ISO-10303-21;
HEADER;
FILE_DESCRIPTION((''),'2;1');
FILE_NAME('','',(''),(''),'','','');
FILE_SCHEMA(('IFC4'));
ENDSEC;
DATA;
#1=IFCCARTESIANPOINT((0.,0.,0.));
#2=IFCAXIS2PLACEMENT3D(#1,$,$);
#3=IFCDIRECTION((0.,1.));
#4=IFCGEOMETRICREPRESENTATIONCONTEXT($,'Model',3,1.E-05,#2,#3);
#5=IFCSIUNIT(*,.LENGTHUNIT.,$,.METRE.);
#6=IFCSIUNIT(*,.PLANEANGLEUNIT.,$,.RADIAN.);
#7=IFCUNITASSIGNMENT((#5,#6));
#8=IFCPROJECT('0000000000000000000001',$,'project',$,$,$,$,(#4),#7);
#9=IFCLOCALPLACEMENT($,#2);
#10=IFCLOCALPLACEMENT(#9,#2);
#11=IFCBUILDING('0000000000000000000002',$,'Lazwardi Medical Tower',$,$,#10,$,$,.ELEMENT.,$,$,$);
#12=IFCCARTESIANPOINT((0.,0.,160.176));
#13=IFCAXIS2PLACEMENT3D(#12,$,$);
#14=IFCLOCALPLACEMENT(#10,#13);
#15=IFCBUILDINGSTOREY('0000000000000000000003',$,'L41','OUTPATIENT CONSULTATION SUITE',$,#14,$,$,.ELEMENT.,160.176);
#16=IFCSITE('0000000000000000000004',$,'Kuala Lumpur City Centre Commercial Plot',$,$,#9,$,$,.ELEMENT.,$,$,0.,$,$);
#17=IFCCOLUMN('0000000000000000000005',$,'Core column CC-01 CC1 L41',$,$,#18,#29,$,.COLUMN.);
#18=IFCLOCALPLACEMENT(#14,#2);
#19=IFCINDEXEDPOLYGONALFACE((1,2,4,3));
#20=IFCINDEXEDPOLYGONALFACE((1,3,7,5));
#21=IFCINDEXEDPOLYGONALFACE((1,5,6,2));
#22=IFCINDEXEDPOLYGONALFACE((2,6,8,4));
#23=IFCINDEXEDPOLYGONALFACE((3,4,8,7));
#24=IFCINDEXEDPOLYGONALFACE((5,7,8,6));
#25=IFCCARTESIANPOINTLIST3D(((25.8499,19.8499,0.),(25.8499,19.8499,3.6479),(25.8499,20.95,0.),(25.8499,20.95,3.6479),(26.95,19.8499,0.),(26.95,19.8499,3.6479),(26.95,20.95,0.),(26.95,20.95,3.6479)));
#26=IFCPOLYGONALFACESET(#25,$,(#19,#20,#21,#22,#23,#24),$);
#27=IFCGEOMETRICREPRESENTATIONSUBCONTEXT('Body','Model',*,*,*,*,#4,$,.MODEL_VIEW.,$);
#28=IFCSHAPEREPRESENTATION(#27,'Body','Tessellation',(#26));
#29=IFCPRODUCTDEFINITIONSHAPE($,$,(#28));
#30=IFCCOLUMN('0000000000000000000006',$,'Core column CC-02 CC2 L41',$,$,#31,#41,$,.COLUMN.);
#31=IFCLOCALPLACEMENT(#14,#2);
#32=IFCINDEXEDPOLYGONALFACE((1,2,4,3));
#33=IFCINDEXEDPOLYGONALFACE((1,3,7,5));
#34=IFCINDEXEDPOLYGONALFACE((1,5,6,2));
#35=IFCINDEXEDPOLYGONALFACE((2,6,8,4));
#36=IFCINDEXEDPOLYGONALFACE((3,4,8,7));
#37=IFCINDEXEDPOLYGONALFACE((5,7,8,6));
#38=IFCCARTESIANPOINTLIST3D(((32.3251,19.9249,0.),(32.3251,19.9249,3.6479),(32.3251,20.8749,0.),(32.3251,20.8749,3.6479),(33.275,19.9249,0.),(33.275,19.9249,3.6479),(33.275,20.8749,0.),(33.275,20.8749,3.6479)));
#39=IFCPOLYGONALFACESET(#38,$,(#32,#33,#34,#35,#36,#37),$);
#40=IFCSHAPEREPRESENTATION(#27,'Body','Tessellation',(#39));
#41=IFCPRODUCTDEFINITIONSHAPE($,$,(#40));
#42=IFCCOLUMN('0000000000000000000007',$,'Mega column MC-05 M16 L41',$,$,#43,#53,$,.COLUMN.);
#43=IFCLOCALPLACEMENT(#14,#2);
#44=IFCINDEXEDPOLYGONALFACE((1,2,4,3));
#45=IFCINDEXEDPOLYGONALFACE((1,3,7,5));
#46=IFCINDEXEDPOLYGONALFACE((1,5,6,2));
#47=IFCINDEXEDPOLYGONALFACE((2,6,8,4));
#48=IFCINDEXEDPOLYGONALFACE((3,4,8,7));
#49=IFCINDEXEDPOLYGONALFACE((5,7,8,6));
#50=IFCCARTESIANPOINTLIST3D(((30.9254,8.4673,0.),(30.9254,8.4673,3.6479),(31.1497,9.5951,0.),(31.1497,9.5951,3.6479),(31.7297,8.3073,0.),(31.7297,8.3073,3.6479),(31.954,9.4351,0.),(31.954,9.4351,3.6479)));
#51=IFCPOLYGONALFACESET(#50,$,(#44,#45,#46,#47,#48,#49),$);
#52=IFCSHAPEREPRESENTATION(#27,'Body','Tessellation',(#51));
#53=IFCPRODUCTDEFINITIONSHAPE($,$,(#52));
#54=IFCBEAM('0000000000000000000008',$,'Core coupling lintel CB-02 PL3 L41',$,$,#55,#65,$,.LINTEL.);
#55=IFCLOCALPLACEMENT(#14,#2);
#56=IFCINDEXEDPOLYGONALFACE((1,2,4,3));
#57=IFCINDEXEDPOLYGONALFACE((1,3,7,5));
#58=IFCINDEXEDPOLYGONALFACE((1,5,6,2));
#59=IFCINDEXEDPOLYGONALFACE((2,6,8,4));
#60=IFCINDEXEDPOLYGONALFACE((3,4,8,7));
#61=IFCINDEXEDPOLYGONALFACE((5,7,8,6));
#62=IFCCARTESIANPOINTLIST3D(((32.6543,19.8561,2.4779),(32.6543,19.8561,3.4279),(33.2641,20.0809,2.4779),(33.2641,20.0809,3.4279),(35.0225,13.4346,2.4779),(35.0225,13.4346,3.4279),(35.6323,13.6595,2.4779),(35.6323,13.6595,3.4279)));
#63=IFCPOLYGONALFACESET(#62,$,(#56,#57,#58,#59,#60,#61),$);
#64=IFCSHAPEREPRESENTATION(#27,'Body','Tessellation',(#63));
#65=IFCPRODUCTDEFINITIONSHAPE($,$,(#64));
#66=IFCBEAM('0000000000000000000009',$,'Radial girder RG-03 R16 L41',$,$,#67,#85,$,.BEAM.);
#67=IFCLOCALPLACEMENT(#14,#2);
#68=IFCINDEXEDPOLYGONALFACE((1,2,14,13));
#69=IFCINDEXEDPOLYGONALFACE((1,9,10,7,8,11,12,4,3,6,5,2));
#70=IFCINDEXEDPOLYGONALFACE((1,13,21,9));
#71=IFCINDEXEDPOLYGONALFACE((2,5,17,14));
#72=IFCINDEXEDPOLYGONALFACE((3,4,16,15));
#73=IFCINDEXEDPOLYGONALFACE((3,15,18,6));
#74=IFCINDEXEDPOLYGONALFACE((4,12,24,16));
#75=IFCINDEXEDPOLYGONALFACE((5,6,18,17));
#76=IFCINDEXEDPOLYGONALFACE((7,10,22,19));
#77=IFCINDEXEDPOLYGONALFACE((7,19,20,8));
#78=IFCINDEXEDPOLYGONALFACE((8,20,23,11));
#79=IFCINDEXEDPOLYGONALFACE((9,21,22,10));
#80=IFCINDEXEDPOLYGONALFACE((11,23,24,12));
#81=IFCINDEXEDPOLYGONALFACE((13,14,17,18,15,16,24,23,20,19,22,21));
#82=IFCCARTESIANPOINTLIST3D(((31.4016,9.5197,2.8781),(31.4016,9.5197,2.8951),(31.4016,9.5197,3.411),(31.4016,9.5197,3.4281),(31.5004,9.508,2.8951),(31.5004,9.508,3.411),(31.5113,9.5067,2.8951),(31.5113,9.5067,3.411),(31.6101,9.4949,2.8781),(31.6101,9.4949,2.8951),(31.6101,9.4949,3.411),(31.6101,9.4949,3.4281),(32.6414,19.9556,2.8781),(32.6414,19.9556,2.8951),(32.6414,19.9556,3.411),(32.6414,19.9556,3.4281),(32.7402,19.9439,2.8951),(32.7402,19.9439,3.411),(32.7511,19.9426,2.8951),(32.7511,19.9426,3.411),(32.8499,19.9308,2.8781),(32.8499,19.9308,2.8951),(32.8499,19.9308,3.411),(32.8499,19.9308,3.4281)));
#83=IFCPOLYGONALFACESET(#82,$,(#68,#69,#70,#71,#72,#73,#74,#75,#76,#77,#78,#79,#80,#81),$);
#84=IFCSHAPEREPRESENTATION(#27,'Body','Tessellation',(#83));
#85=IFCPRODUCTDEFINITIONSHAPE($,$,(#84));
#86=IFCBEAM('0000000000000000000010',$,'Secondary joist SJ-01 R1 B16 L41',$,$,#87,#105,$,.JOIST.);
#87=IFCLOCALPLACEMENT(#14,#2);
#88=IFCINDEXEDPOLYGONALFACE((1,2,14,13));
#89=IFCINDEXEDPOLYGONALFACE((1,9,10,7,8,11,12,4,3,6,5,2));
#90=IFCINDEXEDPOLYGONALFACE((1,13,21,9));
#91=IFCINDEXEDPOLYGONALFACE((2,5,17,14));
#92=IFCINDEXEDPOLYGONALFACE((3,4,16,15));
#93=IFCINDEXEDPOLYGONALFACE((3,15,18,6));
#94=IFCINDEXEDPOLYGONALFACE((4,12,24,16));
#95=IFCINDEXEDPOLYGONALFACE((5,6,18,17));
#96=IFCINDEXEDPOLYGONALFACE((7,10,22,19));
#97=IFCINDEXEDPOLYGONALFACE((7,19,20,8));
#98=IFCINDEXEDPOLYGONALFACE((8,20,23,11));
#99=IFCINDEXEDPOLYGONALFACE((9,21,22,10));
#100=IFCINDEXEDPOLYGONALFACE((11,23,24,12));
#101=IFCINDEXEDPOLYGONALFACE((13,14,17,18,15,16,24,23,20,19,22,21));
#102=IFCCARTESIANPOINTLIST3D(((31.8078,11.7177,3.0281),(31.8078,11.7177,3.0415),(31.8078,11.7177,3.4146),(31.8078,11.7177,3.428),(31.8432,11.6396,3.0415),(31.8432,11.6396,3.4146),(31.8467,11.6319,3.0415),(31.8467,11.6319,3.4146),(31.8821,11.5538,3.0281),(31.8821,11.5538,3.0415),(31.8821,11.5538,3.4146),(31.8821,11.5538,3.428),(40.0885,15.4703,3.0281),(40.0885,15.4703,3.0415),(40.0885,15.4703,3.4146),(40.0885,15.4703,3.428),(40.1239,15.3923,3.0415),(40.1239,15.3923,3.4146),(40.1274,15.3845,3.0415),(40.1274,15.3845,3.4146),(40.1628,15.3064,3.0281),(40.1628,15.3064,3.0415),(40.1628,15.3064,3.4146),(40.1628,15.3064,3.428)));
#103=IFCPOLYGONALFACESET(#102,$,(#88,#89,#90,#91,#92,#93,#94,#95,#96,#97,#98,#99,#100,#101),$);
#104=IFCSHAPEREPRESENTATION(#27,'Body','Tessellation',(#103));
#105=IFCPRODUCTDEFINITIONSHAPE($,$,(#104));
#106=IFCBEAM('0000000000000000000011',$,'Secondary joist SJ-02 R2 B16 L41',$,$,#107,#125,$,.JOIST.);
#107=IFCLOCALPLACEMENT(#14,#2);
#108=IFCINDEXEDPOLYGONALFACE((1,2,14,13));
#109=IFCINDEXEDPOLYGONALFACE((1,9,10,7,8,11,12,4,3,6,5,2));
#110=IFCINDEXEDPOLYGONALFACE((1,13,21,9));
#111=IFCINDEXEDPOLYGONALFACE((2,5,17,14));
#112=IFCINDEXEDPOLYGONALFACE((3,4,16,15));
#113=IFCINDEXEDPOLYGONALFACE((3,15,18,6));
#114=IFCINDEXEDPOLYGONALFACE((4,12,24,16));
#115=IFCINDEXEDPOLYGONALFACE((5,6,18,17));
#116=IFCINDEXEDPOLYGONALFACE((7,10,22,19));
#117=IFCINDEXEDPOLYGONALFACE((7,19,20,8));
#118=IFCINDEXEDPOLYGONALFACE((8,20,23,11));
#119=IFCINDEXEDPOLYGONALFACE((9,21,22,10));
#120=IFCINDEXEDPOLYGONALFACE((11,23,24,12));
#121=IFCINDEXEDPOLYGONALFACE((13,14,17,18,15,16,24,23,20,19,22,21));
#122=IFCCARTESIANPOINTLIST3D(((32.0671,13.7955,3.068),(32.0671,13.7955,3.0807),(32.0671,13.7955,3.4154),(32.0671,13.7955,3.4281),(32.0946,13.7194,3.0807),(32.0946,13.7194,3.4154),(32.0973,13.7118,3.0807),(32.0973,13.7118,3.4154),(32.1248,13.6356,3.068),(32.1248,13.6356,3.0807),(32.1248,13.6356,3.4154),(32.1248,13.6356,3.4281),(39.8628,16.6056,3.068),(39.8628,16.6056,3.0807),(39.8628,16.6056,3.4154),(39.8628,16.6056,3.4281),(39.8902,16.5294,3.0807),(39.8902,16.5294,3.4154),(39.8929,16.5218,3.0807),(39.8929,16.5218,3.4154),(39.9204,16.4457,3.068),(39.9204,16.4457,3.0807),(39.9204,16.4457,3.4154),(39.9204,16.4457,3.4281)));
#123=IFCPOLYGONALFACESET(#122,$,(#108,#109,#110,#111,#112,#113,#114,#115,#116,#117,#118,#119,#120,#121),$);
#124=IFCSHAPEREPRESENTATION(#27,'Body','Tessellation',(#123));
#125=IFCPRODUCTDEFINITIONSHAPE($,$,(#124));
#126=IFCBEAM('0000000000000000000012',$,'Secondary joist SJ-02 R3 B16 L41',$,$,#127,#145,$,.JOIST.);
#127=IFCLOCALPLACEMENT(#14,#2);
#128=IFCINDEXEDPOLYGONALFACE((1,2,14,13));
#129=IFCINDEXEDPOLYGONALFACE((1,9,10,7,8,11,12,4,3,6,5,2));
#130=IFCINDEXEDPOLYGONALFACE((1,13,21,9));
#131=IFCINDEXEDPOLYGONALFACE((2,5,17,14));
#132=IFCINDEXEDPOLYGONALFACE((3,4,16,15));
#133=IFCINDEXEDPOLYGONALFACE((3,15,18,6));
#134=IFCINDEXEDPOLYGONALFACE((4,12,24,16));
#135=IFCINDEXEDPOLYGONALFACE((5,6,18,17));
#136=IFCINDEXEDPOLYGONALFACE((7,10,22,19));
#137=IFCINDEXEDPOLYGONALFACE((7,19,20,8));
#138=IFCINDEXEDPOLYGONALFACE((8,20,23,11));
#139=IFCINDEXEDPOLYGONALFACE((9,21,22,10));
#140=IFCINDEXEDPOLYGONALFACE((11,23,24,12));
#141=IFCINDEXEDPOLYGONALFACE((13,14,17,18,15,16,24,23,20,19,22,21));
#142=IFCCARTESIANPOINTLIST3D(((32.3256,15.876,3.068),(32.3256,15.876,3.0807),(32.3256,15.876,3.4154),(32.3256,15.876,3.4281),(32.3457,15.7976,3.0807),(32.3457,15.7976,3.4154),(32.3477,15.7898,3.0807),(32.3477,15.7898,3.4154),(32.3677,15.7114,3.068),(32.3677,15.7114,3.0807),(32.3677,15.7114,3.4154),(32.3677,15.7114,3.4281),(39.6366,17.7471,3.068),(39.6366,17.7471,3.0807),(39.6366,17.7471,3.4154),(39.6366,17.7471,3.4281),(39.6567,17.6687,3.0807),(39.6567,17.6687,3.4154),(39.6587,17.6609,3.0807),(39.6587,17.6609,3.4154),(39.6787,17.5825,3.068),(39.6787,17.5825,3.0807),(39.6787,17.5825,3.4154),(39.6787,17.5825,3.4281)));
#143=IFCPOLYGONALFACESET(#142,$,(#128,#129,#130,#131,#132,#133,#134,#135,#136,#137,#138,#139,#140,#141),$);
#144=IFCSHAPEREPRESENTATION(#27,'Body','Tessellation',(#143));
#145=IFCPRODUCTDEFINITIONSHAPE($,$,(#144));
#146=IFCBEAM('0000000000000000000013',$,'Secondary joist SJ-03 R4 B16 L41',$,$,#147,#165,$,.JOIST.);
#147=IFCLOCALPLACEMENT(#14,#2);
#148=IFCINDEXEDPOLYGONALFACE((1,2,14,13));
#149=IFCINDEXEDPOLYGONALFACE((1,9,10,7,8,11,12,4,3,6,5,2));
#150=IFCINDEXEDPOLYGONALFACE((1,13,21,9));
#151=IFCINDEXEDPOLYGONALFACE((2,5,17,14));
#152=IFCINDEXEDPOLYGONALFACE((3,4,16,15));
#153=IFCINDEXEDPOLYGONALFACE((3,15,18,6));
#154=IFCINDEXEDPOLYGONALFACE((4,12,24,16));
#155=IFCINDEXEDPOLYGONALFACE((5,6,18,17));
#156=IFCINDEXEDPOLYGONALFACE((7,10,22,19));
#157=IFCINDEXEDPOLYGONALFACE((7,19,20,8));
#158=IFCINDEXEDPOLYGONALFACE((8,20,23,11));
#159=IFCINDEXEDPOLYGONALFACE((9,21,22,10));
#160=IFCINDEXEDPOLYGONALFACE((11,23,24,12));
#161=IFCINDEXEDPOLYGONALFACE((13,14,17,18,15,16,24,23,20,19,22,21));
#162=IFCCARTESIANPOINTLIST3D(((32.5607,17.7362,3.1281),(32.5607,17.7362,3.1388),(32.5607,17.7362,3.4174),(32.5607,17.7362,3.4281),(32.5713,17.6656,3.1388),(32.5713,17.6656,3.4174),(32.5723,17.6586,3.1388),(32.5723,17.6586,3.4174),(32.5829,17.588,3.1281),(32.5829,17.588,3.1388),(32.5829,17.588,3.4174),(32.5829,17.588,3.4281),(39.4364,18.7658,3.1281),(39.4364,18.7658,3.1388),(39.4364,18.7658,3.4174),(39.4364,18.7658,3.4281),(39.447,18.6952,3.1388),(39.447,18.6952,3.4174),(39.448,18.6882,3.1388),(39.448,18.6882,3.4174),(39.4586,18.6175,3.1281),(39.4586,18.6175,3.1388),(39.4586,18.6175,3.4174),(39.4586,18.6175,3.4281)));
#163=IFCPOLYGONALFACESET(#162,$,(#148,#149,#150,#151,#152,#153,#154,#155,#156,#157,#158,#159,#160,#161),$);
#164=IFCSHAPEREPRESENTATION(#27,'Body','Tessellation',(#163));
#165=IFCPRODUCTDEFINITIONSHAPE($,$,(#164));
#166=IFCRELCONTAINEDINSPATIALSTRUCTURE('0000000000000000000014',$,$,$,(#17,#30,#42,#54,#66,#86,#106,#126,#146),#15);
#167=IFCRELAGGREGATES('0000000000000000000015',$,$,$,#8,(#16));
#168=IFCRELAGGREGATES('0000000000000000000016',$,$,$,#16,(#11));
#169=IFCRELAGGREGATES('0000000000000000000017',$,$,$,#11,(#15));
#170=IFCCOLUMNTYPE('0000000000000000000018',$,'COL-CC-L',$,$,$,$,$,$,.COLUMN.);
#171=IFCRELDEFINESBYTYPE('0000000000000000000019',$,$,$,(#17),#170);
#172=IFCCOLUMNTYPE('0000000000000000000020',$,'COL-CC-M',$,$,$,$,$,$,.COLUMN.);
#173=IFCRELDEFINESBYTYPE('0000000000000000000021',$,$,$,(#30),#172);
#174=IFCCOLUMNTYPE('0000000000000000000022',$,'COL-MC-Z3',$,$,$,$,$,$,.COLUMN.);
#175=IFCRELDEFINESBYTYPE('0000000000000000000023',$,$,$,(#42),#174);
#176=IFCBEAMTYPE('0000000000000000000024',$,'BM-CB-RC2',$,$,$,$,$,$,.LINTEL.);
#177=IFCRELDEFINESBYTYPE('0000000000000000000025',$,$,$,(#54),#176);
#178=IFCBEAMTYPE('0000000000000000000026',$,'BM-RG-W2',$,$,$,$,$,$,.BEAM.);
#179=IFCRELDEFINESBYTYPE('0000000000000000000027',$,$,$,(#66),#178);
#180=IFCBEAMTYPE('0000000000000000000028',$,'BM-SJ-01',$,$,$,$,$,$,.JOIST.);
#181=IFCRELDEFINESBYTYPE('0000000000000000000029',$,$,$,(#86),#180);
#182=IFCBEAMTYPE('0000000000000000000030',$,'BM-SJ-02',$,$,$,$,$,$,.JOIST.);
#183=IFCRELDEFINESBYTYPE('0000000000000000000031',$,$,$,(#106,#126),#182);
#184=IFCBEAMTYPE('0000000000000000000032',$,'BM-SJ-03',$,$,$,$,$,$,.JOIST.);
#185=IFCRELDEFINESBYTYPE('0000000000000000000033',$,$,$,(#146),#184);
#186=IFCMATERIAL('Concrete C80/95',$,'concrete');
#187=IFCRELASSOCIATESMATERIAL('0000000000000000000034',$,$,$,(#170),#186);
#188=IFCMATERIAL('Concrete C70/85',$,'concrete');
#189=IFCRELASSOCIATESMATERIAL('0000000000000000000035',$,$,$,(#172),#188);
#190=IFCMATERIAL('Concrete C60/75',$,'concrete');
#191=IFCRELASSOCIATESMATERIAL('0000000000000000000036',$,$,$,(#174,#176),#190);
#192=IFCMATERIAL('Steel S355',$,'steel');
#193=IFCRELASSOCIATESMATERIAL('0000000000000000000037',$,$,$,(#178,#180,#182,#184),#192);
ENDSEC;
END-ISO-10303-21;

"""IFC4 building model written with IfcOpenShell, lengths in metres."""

from ifc_helpers import new_model, si_unit, direction, frame, origin, origin_2d, place, context, subcontext, project, spatial, rectangle, i_section, extrude, material, material_profile, profile_set, type_object, element, save


model = new_model("IFC4")

# Units and contexts
model_context = context("Model", 3, precision=1e-05, world=origin(), true_north=direction((0.0, 1.0)))
body_context = subcontext(model_context, "Body", "Model", "MODEL_VIEW")
ifc_project = project(units=[si_unit("LENGTHUNIT", "METRE"), si_unit("PLANEANGLEUNIT", "RADIAN")], contexts=[model_context])

# Site, building, storey
site_placement = place(None, origin())
site = spatial("IfcSite", under=ifc_project, at=site_placement, Name="Kuala Lumpur City Centre Commercial Plot", CompositionType="ELEMENT", RefElevation=0.0)
building_placement = place(site_placement, origin())
building = spatial("IfcBuilding", under=site, at=building_placement, Name="Lazwardi Medical Tower", CompositionType="ELEMENT")
storey_placement = place(building_placement, frame((0.0, 0.0, 160.176)))
storey = spatial("IfcBuildingStorey", under=building, at=storey_placement, Name="L41", Description="OUTPATIENT CONSULTATION SUITE", CompositionType="ELEMENT", Elevation=160.176)

# Columns
ifc_material_1 = material(Name="Concrete C80/95", Category="concrete")
ifc_material_profile_1 = material_profile(ifc_material_1, rectangle(XDim=1.1001, YDim=1.1001, at=origin_2d()), Name="RC 1100x1100")
ifc_profile_set_1 = profile_set([ifc_material_profile_1], Name="Concrete C80/95")
column_type_1 = type_object("IfcColumnType", Name="COL-CC-L", PredefinedType="COLUMN", material=ifc_profile_set_1)
column_1_placement = place(storey_placement, frame((26.3999, 20.3999, 0.0), z_axis=(0.0, 0.0, 1.0), x_axis=(1.0, 0.0, 0.0)))
element("IfcColumn", 1, at=column_1_placement, inside=storey, type_object=column_type_1, Name="Core column CC-01 CC1 L41", PredefinedType="COLUMN", context=body_context, shape_type="SweptSolid", body=[
    extrude(rectangle(XDim=1.1001, YDim=1.1001, at=origin_2d()), origin(), (0.0, 0.0, 1.0), 3.6479),
])
ifc_material_2 = material(Name="Concrete C70/85", Category="concrete")
ifc_material_profile_2 = material_profile(ifc_material_2, rectangle(XDim=0.95, YDim=0.95, at=origin_2d()), Name="RC 950x950")
ifc_profile_set_2 = profile_set([ifc_material_profile_2], Name="Concrete C70/85")
column_type_2 = type_object("IfcColumnType", Name="COL-CC-M", PredefinedType="COLUMN", material=ifc_profile_set_2)
column_2_placement = place(storey_placement, frame((32.8, 20.3999, 0.0), z_axis=(0.0, 0.0, 1.0), x_axis=(1.0, 0.0, 0.0)))
element("IfcColumn", 2, at=column_2_placement, inside=storey, type_object=column_type_2, Name="Core column CC-02 CC2 L41", PredefinedType="COLUMN", context=body_context, shape_type="SweptSolid", body=[
    extrude(rectangle(XDim=0.95, YDim=0.95, at=origin_2d()), origin(), (0.0, 0.0, 1.0), 3.6479),
])
ifc_material_3 = material(Name="Concrete C60/75", Category="concrete")
ifc_material_profile_3 = material_profile(ifc_material_3, rectangle(XDim=1.1499, YDim=0.8201, at=origin_2d()), Name="CFT-RECT 1150x820")
ifc_profile_set_3 = profile_set([ifc_material_profile_3], Name="Concrete C60/75")
column_type_3 = type_object("IfcColumnType", Name="COL-MC-Z3", PredefinedType="COLUMN", material=ifc_profile_set_3)
column_3_placement = place(storey_placement, frame((31.4397, 8.9512, 0.0), z_axis=(0.0, 0.0, 1.0), x_axis=(-0.19509, -0.980785, 0.0)))
element("IfcColumn", 3, at=column_3_placement, inside=storey, type_object=column_type_3, Name="Mega column MC-05 M16 L41", PredefinedType="COLUMN", context=body_context, shape_type="SweptSolid", body=[
    extrude(rectangle(XDim=1.1499, YDim=0.8201, at=origin_2d()), origin(), (0.0, 0.0, 1.0), 3.6479),
])

# Beams
ifc_material_profile_4 = material_profile(ifc_material_3, rectangle(XDim=0.6499, YDim=0.95, at=origin_2d()), Name="RC 650x950")
ifc_profile_set_4 = profile_set([ifc_material_profile_4], Name="Concrete C60/75")
beam_type_1 = type_object("IfcBeamType", Name="BM-CB-RC2", PredefinedType="LINTEL", material=ifc_profile_set_4)
beam_1_placement = place(storey_placement, frame((32.9592, 19.9685, 2.9529), z_axis=(0.346013, -0.93823, 0.0), x_axis=(0.93823, 0.346013, 0.0)))
element("IfcBeam", 4, at=beam_1_placement, inside=storey, type_object=beam_type_1, Name="Core coupling lintel CB-02 PL3 L41", PredefinedType="LINTEL", context=body_context, shape_type="SweptSolid", body=[
    extrude(rectangle(XDim=0.6499, YDim=0.95, at=origin_2d()), origin(), (0.0, 0.0, 1.0), 6.8442),
])
ifc_material_4 = material(Name="Steel S355", Category="steel")
ifc_material_profile_5 = material_profile(ifc_material_4, i_section(OverallWidth=0.21, OverallDepth=0.55, WebThickness=0.011, FlangeThickness=0.0171, at=origin_2d()), Name="IPE 550")
ifc_profile_set_5 = profile_set([ifc_material_profile_5], Name="Steel S355")
beam_type_2 = type_object("IfcBeamType", Name="BM-RG-W2", PredefinedType="BEAM", material=ifc_profile_set_5)
beam_2_placement = place(storey_placement, frame((31.5059, 9.5073, 3.1531), z_axis=(0.117968, 0.993017, 0.0), x_axis=(-0.993017, 0.117968, 0.0)))
element("IfcBeam", 5, at=beam_2_placement, inside=storey, type_object=beam_type_2, Name="Radial girder RG-03 R16 L41", PredefinedType="BEAM", context=body_context, shape_type="SweptSolid", body=[
    extrude(i_section(OverallWidth=0.21, OverallDepth=0.55, WebThickness=0.011, FlangeThickness=0.0171, at=origin_2d()), origin(), (0.0, 0.0, 1.0), 10.5093),
])
ifc_material_profile_6 = material_profile(ifc_material_4, i_section(OverallWidth=0.1799, OverallDepth=0.3999, WebThickness=0.0085, FlangeThickness=0.0134, at=origin_2d()), Name="IPE 400")
ifc_profile_set_6 = profile_set([ifc_material_profile_6], Name="Steel S355")
beam_type_3 = type_object("IfcBeamType", Name="BM-SJ-01", PredefinedType="JOIST", material=ifc_profile_set_6)
beam_3_placement = place(storey_placement, frame((31.845, 11.6357, 3.228), z_axis=(0.910834, 0.412773, 0.0), x_axis=(-0.412773, 0.910834, 0.0)))
element("IfcBeam", 6, at=beam_3_placement, inside=storey, type_object=beam_type_3, Name="Secondary joist SJ-01 R1 B16 L41", PredefinedType="JOIST", context=body_context, shape_type="SweptSolid", body=[
    extrude(i_section(OverallWidth=0.1799, OverallDepth=0.3999, WebThickness=0.0085, FlangeThickness=0.0134, at=origin_2d()), origin(), (0.0, 0.0, 1.0), 9.0913),
])
ifc_material_profile_7 = material_profile(ifc_material_4, i_section(OverallWidth=0.1699, OverallDepth=0.3601, WebThickness=0.0081, FlangeThickness=0.0127, at=origin_2d()), Name="IPE 360")
ifc_profile_set_7 = profile_set([ifc_material_profile_7], Name="Steel S355")
beam_type_4 = type_object("IfcBeamType", Name="BM-SJ-02", PredefinedType="JOIST", material=ifc_profile_set_7)
beam_4_placement = place(storey_placement, frame((32.0959, 13.7156, 3.248), z_axis=(0.940748, 0.339106, 0.0), x_axis=(-0.339106, 0.940748, 0.0)))
element("IfcBeam", 7, at=beam_4_placement, inside=storey, type_object=beam_type_4, Name="Secondary joist SJ-02 R2 B16 L41", PredefinedType="JOIST", context=body_context, shape_type="SweptSolid", body=[
    extrude(i_section(OverallWidth=0.1699, OverallDepth=0.3601, WebThickness=0.0081, FlangeThickness=0.0127, at=origin_2d()), origin(), (0.0, 0.0, 1.0), 8.2866),
])
beam_5_placement = place(storey_placement, frame((32.3467, 15.7937, 3.248), z_axis=(0.968776, 0.247936, 0.0), x_axis=(-0.247936, 0.968776, 0.0)))
element("IfcBeam", 8, at=beam_5_placement, inside=storey, type_object=beam_type_4, Name="Secondary joist SJ-02 R3 B16 L41", PredefinedType="JOIST", context=body_context, shape_type="SweptSolid", body=[
    extrude(i_section(OverallWidth=0.1699, OverallDepth=0.3601, WebThickness=0.0081, FlangeThickness=0.0127, at=origin_2d()), origin(), (0.0, 0.0, 1.0), 7.5466),
])
ifc_material_profile_8 = material_profile(ifc_material_4, i_section(OverallWidth=0.1499, OverallDepth=0.3, WebThickness=0.0071, FlangeThickness=0.0107, at=origin_2d()), Name="IPE 300")
ifc_profile_set_8 = profile_set([ifc_material_profile_8], Name="Steel S355")
beam_type_5 = type_object("IfcBeamType", Name="BM-SJ-03", PredefinedType="JOIST", material=ifc_profile_set_8)
beam_6_placement = place(storey_placement, frame((32.5718, 17.6621, 3.2781), z_axis=(0.988975, 0.148085, 0.0), x_axis=(-0.148085, 0.988975, 0.0)))
element("IfcBeam", 9, at=beam_6_placement, inside=storey, type_object=beam_type_5, Name="Secondary joist SJ-03 R4 B16 L41", PredefinedType="JOIST", context=body_context, shape_type="SweptSolid", body=[
    extrude(i_section(OverallWidth=0.1499, OverallDepth=0.3, WebThickness=0.0071, FlangeThickness=0.0107, at=origin_2d()), origin(), (0.0, 0.0, 1.0), 6.9524),
])

save(model, "model.ifc")
